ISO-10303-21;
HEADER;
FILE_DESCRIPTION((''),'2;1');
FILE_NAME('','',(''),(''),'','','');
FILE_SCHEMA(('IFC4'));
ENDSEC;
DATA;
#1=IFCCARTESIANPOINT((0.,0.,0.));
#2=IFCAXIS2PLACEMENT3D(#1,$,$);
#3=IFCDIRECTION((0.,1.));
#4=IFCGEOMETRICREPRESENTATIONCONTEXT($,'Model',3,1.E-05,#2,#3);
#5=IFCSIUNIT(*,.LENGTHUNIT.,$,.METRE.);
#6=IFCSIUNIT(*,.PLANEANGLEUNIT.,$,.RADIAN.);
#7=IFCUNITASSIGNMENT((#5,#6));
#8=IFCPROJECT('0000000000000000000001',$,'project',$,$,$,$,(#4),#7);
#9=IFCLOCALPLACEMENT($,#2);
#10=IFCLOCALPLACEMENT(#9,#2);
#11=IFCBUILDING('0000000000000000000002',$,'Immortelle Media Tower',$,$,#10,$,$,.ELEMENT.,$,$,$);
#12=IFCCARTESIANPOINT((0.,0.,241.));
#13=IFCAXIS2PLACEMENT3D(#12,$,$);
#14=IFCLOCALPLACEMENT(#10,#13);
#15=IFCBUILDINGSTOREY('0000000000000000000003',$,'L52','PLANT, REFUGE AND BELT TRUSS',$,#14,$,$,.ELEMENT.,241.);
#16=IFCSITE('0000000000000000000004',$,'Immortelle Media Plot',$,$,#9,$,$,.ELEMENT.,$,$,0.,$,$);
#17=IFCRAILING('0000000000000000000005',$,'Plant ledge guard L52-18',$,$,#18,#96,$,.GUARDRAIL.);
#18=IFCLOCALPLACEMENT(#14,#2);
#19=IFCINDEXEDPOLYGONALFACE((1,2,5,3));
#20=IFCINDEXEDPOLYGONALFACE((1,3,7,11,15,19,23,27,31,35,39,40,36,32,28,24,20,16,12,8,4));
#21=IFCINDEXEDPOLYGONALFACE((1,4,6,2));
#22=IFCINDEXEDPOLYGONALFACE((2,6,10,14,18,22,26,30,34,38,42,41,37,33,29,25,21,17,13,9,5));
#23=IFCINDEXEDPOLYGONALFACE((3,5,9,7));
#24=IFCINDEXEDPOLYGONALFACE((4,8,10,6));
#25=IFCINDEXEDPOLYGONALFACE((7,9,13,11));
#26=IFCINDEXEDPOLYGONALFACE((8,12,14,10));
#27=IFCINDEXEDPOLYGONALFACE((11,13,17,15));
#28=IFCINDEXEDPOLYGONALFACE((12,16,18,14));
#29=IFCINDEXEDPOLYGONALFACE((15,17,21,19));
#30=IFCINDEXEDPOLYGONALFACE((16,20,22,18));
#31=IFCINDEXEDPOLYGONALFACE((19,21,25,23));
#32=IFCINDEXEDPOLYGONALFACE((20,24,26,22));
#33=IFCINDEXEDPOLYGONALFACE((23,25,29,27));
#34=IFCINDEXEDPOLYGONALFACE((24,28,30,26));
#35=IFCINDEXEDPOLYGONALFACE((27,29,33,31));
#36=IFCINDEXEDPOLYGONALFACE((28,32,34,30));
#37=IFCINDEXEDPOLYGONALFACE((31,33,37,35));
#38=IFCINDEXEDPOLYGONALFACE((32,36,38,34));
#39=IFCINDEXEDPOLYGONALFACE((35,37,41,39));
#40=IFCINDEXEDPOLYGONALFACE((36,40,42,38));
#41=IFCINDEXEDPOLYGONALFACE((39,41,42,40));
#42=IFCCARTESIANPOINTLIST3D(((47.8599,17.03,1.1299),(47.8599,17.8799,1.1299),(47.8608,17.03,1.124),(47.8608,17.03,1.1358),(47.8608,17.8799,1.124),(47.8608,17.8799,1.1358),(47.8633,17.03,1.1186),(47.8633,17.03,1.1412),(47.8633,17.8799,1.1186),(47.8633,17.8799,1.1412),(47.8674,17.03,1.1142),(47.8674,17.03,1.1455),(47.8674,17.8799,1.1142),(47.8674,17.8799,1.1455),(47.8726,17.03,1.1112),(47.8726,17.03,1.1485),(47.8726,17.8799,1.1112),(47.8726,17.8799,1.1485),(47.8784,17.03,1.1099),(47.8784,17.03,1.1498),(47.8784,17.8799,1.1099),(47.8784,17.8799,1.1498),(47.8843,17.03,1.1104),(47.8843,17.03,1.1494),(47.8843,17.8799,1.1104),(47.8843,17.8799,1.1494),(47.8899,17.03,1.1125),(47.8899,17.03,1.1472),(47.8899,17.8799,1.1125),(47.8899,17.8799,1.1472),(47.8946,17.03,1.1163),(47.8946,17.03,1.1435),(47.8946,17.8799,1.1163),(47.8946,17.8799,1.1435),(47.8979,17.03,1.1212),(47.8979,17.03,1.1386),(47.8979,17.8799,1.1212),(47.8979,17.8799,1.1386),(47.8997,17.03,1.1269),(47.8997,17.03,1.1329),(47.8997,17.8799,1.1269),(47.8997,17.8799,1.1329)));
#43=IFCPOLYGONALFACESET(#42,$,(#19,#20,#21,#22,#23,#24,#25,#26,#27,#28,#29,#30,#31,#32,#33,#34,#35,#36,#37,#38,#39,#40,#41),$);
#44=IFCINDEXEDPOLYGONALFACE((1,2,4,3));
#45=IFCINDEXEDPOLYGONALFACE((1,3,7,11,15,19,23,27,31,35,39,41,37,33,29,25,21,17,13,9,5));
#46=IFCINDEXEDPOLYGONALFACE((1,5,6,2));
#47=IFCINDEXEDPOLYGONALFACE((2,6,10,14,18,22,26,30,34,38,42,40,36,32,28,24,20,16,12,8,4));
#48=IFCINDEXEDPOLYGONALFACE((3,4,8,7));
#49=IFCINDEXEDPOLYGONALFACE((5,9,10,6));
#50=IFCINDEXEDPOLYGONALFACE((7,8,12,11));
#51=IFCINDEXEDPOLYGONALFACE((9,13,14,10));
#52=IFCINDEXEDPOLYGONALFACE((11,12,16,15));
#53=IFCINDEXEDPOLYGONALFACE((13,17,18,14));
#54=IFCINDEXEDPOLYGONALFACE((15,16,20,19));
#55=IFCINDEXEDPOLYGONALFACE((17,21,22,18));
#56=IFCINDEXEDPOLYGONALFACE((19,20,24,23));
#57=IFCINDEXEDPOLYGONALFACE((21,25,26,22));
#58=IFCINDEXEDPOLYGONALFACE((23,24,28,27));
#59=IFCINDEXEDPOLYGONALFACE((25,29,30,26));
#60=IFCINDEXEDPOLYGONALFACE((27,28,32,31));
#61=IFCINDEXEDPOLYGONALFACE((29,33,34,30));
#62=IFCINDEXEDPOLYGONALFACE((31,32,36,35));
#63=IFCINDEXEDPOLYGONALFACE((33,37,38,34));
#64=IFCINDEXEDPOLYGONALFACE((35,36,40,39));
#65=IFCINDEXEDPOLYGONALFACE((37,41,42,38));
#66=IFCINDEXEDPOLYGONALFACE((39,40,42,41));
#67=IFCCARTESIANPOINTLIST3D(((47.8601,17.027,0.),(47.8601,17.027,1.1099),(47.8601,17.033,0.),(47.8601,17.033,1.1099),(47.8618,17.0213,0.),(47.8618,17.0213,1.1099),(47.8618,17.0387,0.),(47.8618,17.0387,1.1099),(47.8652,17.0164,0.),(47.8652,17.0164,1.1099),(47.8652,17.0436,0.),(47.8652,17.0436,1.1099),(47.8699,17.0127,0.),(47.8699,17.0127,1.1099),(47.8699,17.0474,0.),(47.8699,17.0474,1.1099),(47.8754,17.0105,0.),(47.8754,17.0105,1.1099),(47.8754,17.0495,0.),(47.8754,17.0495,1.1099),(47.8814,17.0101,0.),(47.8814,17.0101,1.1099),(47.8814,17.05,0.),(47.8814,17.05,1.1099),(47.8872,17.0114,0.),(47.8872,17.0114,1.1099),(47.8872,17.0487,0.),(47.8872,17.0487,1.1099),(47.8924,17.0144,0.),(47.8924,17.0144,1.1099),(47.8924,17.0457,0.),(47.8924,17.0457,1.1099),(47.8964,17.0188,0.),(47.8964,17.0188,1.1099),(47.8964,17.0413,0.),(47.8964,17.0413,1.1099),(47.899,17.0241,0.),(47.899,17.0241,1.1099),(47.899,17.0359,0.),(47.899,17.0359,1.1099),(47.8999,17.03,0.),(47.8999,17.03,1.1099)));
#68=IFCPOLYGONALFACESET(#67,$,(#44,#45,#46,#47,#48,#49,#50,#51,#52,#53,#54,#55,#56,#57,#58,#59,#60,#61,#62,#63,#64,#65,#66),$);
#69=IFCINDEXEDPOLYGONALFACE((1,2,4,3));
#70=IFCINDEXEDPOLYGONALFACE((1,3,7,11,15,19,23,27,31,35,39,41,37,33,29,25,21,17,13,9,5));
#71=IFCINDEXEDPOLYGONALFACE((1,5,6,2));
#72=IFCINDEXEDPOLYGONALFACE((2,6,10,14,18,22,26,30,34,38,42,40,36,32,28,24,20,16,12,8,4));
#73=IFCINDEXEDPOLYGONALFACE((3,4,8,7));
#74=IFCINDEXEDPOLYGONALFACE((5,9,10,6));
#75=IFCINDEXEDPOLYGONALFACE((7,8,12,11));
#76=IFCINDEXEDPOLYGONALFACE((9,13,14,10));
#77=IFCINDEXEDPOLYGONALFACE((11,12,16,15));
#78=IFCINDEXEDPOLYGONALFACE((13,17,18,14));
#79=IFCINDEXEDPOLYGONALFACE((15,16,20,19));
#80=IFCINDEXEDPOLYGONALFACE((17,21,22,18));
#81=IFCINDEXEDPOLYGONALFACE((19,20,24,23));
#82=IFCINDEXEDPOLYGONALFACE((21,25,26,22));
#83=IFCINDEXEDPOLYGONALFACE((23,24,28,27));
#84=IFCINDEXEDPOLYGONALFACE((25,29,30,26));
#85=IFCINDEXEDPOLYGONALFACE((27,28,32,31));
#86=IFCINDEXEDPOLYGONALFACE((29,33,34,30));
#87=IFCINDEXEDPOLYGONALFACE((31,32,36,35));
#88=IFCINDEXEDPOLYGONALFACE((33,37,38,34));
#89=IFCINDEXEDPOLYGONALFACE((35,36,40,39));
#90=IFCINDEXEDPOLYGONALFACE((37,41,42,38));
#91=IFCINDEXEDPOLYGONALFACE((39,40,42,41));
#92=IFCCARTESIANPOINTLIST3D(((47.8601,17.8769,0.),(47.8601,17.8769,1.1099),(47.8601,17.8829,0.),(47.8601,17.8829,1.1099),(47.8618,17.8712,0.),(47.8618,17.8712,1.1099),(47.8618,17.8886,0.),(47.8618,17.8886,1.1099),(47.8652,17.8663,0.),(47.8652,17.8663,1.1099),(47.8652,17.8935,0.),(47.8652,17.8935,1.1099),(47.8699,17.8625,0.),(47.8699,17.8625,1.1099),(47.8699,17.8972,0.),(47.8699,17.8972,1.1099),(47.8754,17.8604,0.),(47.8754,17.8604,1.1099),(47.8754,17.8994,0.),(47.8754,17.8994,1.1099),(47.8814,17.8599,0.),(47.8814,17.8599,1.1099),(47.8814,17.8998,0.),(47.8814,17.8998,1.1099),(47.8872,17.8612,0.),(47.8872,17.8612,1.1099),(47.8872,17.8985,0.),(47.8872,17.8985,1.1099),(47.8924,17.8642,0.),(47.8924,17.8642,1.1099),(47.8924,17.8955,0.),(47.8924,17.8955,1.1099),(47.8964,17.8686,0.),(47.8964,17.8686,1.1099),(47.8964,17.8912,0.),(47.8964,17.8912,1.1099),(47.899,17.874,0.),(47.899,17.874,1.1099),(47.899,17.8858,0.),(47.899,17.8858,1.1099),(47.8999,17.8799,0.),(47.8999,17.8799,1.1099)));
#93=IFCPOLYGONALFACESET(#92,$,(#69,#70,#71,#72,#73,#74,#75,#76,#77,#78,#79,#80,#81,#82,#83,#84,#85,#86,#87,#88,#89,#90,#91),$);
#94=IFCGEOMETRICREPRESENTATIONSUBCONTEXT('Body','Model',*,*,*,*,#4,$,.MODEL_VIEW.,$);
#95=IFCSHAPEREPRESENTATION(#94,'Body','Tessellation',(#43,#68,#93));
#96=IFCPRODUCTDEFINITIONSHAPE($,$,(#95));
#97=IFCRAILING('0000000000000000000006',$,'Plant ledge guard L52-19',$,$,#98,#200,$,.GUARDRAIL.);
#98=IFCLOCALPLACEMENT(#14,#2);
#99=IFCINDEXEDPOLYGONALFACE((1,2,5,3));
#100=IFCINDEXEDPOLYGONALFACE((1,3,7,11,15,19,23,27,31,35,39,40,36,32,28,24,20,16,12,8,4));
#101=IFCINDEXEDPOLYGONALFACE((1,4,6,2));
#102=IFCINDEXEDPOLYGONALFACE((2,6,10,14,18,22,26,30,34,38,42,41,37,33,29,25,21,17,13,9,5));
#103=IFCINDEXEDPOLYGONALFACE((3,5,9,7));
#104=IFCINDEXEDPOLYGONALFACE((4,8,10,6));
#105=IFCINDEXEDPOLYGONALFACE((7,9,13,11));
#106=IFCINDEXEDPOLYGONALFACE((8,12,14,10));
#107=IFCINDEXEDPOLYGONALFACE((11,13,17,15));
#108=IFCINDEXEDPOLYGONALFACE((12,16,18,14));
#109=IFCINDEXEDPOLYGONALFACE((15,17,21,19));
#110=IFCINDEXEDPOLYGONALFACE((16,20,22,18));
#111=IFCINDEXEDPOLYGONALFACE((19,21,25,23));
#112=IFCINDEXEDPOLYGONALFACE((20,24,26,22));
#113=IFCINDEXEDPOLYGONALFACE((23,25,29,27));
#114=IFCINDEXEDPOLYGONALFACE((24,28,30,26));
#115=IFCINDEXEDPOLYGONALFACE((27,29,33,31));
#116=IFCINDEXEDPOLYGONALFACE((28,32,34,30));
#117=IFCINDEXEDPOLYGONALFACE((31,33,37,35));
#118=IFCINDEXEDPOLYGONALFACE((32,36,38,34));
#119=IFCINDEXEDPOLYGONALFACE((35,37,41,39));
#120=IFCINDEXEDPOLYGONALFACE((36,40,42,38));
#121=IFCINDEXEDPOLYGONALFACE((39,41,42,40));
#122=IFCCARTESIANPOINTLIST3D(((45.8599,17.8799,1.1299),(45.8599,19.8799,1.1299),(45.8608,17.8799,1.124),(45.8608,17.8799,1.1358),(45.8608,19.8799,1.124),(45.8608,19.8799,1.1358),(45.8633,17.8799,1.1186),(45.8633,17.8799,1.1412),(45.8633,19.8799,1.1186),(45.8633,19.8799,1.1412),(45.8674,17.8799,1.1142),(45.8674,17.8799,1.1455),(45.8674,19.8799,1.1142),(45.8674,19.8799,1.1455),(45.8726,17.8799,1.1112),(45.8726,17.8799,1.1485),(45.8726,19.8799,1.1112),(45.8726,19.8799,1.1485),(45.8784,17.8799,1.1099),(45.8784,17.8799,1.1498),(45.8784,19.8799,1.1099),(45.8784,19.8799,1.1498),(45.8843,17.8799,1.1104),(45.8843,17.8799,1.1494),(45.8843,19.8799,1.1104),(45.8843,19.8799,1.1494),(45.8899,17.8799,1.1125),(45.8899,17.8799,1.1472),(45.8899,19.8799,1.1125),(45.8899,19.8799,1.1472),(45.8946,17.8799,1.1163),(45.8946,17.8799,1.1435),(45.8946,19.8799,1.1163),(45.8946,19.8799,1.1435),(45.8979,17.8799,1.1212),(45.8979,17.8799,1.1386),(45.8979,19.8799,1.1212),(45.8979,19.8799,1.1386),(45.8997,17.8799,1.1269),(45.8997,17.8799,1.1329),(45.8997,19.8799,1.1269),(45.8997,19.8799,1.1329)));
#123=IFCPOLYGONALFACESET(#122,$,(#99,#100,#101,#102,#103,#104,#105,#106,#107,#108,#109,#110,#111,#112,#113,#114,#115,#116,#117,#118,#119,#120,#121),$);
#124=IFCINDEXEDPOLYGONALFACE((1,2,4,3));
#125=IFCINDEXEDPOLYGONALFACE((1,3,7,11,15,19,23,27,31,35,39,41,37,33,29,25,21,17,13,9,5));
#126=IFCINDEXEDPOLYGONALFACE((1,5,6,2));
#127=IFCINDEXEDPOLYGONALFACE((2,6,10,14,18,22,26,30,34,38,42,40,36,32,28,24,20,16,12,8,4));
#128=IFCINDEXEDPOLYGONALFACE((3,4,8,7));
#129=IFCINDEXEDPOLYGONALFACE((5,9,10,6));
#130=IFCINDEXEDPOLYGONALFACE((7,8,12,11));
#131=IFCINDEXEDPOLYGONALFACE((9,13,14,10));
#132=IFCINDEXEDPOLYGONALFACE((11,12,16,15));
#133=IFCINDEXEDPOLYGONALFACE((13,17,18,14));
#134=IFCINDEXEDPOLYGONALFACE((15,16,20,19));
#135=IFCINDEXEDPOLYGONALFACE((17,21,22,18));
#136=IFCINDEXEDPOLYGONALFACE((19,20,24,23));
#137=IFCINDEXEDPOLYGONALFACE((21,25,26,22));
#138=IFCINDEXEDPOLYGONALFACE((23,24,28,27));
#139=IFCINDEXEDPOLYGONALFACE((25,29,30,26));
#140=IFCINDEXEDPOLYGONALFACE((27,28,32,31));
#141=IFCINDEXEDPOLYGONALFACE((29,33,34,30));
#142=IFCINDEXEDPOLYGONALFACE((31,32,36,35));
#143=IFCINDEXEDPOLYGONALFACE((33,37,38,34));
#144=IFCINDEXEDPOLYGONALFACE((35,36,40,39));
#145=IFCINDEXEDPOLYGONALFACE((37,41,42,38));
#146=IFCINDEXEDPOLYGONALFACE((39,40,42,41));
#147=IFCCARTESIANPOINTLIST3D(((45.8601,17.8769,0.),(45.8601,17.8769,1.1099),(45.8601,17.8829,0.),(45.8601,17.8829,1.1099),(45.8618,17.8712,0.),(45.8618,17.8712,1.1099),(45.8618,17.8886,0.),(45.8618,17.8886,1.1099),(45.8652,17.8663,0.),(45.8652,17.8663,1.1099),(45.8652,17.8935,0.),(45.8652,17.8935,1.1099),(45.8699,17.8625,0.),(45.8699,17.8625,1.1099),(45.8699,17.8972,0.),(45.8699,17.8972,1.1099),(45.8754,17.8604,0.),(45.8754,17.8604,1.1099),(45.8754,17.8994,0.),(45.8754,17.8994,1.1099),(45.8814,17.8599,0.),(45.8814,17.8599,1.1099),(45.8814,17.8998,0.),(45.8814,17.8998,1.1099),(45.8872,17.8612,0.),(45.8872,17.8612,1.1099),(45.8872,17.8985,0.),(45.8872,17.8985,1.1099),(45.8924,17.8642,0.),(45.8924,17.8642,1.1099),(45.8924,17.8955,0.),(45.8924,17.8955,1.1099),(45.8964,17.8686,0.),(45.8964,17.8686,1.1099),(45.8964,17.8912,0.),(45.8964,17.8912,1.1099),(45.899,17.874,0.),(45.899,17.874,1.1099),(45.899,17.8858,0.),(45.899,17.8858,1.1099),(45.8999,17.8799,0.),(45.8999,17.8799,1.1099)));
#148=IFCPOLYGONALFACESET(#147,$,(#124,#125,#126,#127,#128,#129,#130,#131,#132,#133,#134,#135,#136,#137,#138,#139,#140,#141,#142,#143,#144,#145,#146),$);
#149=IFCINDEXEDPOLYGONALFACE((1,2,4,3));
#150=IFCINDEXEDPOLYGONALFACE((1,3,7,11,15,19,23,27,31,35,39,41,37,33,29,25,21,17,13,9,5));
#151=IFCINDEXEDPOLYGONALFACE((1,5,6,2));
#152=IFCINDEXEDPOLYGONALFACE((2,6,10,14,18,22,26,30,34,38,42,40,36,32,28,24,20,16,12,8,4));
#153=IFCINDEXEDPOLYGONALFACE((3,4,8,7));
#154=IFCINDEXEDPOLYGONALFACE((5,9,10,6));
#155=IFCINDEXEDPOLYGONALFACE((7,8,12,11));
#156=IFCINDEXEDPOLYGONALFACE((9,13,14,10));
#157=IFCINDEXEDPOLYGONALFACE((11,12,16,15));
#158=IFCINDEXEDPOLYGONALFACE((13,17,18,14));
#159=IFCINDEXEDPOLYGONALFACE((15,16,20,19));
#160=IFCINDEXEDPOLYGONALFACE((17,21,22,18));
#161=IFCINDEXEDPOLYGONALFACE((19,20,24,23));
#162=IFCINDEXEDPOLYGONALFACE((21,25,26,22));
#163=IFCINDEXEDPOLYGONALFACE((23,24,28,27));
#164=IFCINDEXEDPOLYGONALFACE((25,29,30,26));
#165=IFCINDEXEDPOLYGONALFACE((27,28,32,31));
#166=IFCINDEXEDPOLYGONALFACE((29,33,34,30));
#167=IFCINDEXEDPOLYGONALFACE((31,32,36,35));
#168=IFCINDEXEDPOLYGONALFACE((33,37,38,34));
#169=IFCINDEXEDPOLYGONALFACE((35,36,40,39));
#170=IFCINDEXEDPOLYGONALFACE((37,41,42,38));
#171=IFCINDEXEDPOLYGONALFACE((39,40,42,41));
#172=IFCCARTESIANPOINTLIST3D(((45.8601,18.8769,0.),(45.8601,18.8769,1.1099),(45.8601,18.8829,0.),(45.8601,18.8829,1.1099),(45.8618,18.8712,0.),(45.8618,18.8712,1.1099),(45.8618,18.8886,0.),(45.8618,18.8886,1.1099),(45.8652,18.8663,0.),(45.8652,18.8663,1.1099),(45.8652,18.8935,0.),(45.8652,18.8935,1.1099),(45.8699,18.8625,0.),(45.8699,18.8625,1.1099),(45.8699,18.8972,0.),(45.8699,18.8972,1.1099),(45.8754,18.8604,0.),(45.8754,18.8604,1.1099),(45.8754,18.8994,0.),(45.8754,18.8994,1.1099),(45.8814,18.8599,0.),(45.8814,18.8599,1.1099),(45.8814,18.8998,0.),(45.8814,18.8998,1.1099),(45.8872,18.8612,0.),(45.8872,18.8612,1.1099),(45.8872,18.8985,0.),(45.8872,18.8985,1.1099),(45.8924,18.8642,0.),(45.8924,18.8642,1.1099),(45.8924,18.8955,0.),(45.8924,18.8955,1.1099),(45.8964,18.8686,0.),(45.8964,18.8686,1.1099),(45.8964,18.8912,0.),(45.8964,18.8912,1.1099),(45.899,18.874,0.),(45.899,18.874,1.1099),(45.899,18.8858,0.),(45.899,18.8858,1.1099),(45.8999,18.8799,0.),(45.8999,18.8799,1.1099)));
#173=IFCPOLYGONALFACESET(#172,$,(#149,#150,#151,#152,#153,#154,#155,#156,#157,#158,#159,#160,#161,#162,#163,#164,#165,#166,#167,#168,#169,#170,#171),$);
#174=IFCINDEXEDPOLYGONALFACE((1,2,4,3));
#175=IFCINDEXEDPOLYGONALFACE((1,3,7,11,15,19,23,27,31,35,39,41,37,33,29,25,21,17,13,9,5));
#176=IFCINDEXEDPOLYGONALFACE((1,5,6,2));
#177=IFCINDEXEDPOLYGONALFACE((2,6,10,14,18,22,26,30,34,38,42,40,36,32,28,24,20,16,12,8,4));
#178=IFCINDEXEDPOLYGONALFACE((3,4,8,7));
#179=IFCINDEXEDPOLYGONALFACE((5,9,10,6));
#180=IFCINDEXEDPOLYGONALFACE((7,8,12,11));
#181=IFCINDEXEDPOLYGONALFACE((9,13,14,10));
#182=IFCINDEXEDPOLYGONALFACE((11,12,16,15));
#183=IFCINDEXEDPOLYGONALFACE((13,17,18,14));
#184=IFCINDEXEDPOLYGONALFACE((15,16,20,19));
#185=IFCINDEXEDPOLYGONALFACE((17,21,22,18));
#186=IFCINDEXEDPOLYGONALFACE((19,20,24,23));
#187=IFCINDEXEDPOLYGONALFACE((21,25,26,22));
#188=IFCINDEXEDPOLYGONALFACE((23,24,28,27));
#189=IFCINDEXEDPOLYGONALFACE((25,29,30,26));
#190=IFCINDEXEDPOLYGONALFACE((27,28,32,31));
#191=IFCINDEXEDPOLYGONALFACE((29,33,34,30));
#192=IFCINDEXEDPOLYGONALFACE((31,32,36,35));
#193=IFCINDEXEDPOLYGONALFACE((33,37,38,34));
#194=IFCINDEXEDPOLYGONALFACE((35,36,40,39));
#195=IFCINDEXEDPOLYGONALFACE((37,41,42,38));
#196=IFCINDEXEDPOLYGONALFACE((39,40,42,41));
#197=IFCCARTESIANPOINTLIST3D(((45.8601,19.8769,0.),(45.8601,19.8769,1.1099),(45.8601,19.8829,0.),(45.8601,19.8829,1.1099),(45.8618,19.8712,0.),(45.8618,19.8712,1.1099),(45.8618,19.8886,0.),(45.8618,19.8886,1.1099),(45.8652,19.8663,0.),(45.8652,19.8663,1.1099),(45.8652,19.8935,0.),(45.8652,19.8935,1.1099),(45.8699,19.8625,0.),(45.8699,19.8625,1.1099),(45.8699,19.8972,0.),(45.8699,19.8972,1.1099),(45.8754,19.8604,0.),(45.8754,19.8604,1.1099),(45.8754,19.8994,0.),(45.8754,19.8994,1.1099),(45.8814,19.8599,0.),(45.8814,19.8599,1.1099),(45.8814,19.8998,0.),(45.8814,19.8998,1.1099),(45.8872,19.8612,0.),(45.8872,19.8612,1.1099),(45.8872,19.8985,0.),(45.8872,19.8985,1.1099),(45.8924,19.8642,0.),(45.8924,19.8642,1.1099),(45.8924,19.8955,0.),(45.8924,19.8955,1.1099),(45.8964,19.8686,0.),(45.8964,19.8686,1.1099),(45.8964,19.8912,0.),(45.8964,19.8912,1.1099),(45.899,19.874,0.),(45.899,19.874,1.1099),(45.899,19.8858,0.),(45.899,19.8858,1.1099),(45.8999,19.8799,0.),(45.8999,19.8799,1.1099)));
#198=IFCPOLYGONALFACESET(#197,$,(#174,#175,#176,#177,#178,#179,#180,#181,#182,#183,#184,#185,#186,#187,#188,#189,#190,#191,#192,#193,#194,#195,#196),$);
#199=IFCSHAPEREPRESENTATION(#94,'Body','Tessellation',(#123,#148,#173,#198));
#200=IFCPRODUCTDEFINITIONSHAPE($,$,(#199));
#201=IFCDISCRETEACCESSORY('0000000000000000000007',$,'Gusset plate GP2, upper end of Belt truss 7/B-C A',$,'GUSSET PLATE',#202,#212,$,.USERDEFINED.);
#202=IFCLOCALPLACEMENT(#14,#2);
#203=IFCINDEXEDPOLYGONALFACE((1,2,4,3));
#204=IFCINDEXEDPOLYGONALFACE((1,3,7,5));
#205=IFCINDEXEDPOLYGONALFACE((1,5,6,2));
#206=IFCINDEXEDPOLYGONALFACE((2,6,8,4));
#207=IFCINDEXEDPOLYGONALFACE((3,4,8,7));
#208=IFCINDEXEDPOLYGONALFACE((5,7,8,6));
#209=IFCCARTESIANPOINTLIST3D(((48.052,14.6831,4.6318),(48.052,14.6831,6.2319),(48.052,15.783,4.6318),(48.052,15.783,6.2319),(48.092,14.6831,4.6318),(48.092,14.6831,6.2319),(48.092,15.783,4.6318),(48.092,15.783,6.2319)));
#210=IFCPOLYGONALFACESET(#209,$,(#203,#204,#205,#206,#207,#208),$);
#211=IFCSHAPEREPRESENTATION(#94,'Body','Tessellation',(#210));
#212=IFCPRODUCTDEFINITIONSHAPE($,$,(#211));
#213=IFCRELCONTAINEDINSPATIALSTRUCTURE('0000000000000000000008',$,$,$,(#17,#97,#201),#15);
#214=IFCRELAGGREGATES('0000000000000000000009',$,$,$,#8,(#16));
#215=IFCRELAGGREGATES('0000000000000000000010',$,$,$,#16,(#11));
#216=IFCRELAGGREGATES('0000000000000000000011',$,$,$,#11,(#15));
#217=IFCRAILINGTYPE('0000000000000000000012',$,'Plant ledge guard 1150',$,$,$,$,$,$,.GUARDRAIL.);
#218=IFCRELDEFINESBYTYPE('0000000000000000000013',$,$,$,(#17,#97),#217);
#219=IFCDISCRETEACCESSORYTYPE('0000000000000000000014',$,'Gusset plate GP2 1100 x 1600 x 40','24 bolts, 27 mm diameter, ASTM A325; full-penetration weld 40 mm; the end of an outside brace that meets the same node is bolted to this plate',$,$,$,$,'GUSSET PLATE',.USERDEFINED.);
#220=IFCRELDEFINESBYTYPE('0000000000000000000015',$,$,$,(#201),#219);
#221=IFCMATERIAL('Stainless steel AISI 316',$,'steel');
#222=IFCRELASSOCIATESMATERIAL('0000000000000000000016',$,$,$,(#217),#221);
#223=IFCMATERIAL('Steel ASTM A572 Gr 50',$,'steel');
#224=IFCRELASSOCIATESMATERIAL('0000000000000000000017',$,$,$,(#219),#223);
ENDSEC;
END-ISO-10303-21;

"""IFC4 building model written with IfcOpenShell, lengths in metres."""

from ifc_helpers import new_model, si_unit, direction, frame, origin, origin_2d, place, context, subcontext, project, spatial, rectangle, circle, extrude, material, material_profile, profile_set, type_object, element, save


model = new_model("IFC4")

# Units and contexts
model_context = context("Model", 3, precision=1e-05, world=origin(), true_north=direction((0.0, 1.0)))
body_context = subcontext(model_context, "Body", "Model", "MODEL_VIEW")
ifc_project = project(units=[si_unit("LENGTHUNIT", "METRE"), si_unit("PLANEANGLEUNIT", "RADIAN")], contexts=[model_context])

# Site, building, storey
site_placement = place(None, origin())
site = spatial("IfcSite", under=ifc_project, at=site_placement, Name="Immortelle Media Plot", CompositionType="ELEMENT", RefElevation=0.0)
building_placement = place(site_placement, origin())
building = spatial("IfcBuilding", under=site, at=building_placement, Name="Immortelle Media Tower", CompositionType="ELEMENT")
storey_placement = place(building_placement, frame((0.0, 0.0, 241.0)))
storey = spatial("IfcBuildingStorey", under=building, at=storey_placement, Name="L52", Description="PLANT, REFUGE AND BELT TRUSS", CompositionType="ELEMENT", Elevation=241.0)

# Railings
ifc_material_1 = material(Name="Stainless steel AISI 316", Category="steel")
railing_type = type_object("IfcRailingType", Name="Plant ledge guard 1150", PredefinedType="GUARDRAIL", material=ifc_material_1)
railing_1_placement = place(storey_placement, frame((47.8799, 17.03, 0.0)))
element("IfcRailing", 1, at=railing_1_placement, inside=storey, type_object=railing_type, Name="Plant ledge guard L52-18", PredefinedType="GUARDRAIL", context=body_context, shape_type="SweptSolid", body=[
    extrude(circle(Radius=0.02, at=origin_2d()), frame((0.0, 0.0, 1.1299), z_axis=(0.0, 1.0, 0.0), x_axis=(-1.0, 0.0, 0.0)), (0.0, 0.0, 1.0), 0.8499),
    extrude(circle(Radius=0.02, at=origin_2d()), origin(), (0.0, 0.0, 1.0), 1.1099),
    extrude(circle(Radius=0.02, at=origin_2d()), frame((0.0, 0.8499, 0.0)), (0.0, 0.0, 1.0), 1.1099),
])
railing_2_placement = place(storey_placement, frame((45.8799, 17.8799, 0.0)))
element("IfcRailing", 2, at=railing_2_placement, inside=storey, type_object=railing_type, Name="Plant ledge guard L52-19", PredefinedType="GUARDRAIL", context=body_context, shape_type="SweptSolid", body=[
    extrude(circle(Radius=0.02, at=origin_2d()), frame((0.0, 0.0, 1.1299), z_axis=(0.0, 1.0, 0.0), x_axis=(-1.0, 0.0, 0.0)), (0.0, 0.0, 1.0), 2.0),
    extrude(circle(Radius=0.02, at=origin_2d()), origin(), (0.0, 0.0, 1.0), 1.1099),
    extrude(circle(Radius=0.02, at=origin_2d()), frame((0.0, 1.0, 0.0)), (0.0, 0.0, 1.0), 1.1099),
    extrude(circle(Radius=0.02, at=origin_2d()), frame((0.0, 2.0, 0.0)), (0.0, 0.0, 1.0), 1.1099),
])

# Discrete accessory
ifc_material_2 = material(Name="Steel ASTM A572 Gr 50", Category="steel")
ifc_material_profile_1 = material_profile(ifc_material_2, rectangle(XDim=0.04, YDim=1.6001, at=origin_2d()), Name="PL 40 x 1600")
ifc_profile_set_1 = profile_set([ifc_material_profile_1], Name="Steel ASTM A572 Gr 50")
discrete_accessory_type = type_object("IfcDiscreteAccessoryType", Name="Gusset plate GP2 1100 x 1600 x 40", Description="24 bolts, 27 mm diameter, ASTM A325; full-penetration weld 40 mm; the end of an outside brace that meets the same node is bolted to this plate", ElementType="GUSSET PLATE", PredefinedType="USERDEFINED", material=ifc_profile_set_1)
for number, where, z_axis, x_axis, name in (
    (3, (48.072, 15.783, 5.4319), (0.0, -1.0, 0.0), (1.0, 0.0, 0.0), "Gusset plate GP2, upper end of Belt truss 7/B-C A"),
):
    element("IfcDiscreteAccessory", number, at=place(storey_placement, frame(where, z_axis=z_axis, x_axis=x_axis)), inside=storey, type_object=discrete_accessory_type, Name=name, ObjectType="GUSSET PLATE", PredefinedType="USERDEFINED", context=body_context, shape_type="SweptSolid", body=[
        extrude(rectangle(XDim=0.04, YDim=1.6001, at=origin_2d()), origin(), (0.0, 0.0, 1.0), 1.0999),
    ])

save(model, "model.ifc")
